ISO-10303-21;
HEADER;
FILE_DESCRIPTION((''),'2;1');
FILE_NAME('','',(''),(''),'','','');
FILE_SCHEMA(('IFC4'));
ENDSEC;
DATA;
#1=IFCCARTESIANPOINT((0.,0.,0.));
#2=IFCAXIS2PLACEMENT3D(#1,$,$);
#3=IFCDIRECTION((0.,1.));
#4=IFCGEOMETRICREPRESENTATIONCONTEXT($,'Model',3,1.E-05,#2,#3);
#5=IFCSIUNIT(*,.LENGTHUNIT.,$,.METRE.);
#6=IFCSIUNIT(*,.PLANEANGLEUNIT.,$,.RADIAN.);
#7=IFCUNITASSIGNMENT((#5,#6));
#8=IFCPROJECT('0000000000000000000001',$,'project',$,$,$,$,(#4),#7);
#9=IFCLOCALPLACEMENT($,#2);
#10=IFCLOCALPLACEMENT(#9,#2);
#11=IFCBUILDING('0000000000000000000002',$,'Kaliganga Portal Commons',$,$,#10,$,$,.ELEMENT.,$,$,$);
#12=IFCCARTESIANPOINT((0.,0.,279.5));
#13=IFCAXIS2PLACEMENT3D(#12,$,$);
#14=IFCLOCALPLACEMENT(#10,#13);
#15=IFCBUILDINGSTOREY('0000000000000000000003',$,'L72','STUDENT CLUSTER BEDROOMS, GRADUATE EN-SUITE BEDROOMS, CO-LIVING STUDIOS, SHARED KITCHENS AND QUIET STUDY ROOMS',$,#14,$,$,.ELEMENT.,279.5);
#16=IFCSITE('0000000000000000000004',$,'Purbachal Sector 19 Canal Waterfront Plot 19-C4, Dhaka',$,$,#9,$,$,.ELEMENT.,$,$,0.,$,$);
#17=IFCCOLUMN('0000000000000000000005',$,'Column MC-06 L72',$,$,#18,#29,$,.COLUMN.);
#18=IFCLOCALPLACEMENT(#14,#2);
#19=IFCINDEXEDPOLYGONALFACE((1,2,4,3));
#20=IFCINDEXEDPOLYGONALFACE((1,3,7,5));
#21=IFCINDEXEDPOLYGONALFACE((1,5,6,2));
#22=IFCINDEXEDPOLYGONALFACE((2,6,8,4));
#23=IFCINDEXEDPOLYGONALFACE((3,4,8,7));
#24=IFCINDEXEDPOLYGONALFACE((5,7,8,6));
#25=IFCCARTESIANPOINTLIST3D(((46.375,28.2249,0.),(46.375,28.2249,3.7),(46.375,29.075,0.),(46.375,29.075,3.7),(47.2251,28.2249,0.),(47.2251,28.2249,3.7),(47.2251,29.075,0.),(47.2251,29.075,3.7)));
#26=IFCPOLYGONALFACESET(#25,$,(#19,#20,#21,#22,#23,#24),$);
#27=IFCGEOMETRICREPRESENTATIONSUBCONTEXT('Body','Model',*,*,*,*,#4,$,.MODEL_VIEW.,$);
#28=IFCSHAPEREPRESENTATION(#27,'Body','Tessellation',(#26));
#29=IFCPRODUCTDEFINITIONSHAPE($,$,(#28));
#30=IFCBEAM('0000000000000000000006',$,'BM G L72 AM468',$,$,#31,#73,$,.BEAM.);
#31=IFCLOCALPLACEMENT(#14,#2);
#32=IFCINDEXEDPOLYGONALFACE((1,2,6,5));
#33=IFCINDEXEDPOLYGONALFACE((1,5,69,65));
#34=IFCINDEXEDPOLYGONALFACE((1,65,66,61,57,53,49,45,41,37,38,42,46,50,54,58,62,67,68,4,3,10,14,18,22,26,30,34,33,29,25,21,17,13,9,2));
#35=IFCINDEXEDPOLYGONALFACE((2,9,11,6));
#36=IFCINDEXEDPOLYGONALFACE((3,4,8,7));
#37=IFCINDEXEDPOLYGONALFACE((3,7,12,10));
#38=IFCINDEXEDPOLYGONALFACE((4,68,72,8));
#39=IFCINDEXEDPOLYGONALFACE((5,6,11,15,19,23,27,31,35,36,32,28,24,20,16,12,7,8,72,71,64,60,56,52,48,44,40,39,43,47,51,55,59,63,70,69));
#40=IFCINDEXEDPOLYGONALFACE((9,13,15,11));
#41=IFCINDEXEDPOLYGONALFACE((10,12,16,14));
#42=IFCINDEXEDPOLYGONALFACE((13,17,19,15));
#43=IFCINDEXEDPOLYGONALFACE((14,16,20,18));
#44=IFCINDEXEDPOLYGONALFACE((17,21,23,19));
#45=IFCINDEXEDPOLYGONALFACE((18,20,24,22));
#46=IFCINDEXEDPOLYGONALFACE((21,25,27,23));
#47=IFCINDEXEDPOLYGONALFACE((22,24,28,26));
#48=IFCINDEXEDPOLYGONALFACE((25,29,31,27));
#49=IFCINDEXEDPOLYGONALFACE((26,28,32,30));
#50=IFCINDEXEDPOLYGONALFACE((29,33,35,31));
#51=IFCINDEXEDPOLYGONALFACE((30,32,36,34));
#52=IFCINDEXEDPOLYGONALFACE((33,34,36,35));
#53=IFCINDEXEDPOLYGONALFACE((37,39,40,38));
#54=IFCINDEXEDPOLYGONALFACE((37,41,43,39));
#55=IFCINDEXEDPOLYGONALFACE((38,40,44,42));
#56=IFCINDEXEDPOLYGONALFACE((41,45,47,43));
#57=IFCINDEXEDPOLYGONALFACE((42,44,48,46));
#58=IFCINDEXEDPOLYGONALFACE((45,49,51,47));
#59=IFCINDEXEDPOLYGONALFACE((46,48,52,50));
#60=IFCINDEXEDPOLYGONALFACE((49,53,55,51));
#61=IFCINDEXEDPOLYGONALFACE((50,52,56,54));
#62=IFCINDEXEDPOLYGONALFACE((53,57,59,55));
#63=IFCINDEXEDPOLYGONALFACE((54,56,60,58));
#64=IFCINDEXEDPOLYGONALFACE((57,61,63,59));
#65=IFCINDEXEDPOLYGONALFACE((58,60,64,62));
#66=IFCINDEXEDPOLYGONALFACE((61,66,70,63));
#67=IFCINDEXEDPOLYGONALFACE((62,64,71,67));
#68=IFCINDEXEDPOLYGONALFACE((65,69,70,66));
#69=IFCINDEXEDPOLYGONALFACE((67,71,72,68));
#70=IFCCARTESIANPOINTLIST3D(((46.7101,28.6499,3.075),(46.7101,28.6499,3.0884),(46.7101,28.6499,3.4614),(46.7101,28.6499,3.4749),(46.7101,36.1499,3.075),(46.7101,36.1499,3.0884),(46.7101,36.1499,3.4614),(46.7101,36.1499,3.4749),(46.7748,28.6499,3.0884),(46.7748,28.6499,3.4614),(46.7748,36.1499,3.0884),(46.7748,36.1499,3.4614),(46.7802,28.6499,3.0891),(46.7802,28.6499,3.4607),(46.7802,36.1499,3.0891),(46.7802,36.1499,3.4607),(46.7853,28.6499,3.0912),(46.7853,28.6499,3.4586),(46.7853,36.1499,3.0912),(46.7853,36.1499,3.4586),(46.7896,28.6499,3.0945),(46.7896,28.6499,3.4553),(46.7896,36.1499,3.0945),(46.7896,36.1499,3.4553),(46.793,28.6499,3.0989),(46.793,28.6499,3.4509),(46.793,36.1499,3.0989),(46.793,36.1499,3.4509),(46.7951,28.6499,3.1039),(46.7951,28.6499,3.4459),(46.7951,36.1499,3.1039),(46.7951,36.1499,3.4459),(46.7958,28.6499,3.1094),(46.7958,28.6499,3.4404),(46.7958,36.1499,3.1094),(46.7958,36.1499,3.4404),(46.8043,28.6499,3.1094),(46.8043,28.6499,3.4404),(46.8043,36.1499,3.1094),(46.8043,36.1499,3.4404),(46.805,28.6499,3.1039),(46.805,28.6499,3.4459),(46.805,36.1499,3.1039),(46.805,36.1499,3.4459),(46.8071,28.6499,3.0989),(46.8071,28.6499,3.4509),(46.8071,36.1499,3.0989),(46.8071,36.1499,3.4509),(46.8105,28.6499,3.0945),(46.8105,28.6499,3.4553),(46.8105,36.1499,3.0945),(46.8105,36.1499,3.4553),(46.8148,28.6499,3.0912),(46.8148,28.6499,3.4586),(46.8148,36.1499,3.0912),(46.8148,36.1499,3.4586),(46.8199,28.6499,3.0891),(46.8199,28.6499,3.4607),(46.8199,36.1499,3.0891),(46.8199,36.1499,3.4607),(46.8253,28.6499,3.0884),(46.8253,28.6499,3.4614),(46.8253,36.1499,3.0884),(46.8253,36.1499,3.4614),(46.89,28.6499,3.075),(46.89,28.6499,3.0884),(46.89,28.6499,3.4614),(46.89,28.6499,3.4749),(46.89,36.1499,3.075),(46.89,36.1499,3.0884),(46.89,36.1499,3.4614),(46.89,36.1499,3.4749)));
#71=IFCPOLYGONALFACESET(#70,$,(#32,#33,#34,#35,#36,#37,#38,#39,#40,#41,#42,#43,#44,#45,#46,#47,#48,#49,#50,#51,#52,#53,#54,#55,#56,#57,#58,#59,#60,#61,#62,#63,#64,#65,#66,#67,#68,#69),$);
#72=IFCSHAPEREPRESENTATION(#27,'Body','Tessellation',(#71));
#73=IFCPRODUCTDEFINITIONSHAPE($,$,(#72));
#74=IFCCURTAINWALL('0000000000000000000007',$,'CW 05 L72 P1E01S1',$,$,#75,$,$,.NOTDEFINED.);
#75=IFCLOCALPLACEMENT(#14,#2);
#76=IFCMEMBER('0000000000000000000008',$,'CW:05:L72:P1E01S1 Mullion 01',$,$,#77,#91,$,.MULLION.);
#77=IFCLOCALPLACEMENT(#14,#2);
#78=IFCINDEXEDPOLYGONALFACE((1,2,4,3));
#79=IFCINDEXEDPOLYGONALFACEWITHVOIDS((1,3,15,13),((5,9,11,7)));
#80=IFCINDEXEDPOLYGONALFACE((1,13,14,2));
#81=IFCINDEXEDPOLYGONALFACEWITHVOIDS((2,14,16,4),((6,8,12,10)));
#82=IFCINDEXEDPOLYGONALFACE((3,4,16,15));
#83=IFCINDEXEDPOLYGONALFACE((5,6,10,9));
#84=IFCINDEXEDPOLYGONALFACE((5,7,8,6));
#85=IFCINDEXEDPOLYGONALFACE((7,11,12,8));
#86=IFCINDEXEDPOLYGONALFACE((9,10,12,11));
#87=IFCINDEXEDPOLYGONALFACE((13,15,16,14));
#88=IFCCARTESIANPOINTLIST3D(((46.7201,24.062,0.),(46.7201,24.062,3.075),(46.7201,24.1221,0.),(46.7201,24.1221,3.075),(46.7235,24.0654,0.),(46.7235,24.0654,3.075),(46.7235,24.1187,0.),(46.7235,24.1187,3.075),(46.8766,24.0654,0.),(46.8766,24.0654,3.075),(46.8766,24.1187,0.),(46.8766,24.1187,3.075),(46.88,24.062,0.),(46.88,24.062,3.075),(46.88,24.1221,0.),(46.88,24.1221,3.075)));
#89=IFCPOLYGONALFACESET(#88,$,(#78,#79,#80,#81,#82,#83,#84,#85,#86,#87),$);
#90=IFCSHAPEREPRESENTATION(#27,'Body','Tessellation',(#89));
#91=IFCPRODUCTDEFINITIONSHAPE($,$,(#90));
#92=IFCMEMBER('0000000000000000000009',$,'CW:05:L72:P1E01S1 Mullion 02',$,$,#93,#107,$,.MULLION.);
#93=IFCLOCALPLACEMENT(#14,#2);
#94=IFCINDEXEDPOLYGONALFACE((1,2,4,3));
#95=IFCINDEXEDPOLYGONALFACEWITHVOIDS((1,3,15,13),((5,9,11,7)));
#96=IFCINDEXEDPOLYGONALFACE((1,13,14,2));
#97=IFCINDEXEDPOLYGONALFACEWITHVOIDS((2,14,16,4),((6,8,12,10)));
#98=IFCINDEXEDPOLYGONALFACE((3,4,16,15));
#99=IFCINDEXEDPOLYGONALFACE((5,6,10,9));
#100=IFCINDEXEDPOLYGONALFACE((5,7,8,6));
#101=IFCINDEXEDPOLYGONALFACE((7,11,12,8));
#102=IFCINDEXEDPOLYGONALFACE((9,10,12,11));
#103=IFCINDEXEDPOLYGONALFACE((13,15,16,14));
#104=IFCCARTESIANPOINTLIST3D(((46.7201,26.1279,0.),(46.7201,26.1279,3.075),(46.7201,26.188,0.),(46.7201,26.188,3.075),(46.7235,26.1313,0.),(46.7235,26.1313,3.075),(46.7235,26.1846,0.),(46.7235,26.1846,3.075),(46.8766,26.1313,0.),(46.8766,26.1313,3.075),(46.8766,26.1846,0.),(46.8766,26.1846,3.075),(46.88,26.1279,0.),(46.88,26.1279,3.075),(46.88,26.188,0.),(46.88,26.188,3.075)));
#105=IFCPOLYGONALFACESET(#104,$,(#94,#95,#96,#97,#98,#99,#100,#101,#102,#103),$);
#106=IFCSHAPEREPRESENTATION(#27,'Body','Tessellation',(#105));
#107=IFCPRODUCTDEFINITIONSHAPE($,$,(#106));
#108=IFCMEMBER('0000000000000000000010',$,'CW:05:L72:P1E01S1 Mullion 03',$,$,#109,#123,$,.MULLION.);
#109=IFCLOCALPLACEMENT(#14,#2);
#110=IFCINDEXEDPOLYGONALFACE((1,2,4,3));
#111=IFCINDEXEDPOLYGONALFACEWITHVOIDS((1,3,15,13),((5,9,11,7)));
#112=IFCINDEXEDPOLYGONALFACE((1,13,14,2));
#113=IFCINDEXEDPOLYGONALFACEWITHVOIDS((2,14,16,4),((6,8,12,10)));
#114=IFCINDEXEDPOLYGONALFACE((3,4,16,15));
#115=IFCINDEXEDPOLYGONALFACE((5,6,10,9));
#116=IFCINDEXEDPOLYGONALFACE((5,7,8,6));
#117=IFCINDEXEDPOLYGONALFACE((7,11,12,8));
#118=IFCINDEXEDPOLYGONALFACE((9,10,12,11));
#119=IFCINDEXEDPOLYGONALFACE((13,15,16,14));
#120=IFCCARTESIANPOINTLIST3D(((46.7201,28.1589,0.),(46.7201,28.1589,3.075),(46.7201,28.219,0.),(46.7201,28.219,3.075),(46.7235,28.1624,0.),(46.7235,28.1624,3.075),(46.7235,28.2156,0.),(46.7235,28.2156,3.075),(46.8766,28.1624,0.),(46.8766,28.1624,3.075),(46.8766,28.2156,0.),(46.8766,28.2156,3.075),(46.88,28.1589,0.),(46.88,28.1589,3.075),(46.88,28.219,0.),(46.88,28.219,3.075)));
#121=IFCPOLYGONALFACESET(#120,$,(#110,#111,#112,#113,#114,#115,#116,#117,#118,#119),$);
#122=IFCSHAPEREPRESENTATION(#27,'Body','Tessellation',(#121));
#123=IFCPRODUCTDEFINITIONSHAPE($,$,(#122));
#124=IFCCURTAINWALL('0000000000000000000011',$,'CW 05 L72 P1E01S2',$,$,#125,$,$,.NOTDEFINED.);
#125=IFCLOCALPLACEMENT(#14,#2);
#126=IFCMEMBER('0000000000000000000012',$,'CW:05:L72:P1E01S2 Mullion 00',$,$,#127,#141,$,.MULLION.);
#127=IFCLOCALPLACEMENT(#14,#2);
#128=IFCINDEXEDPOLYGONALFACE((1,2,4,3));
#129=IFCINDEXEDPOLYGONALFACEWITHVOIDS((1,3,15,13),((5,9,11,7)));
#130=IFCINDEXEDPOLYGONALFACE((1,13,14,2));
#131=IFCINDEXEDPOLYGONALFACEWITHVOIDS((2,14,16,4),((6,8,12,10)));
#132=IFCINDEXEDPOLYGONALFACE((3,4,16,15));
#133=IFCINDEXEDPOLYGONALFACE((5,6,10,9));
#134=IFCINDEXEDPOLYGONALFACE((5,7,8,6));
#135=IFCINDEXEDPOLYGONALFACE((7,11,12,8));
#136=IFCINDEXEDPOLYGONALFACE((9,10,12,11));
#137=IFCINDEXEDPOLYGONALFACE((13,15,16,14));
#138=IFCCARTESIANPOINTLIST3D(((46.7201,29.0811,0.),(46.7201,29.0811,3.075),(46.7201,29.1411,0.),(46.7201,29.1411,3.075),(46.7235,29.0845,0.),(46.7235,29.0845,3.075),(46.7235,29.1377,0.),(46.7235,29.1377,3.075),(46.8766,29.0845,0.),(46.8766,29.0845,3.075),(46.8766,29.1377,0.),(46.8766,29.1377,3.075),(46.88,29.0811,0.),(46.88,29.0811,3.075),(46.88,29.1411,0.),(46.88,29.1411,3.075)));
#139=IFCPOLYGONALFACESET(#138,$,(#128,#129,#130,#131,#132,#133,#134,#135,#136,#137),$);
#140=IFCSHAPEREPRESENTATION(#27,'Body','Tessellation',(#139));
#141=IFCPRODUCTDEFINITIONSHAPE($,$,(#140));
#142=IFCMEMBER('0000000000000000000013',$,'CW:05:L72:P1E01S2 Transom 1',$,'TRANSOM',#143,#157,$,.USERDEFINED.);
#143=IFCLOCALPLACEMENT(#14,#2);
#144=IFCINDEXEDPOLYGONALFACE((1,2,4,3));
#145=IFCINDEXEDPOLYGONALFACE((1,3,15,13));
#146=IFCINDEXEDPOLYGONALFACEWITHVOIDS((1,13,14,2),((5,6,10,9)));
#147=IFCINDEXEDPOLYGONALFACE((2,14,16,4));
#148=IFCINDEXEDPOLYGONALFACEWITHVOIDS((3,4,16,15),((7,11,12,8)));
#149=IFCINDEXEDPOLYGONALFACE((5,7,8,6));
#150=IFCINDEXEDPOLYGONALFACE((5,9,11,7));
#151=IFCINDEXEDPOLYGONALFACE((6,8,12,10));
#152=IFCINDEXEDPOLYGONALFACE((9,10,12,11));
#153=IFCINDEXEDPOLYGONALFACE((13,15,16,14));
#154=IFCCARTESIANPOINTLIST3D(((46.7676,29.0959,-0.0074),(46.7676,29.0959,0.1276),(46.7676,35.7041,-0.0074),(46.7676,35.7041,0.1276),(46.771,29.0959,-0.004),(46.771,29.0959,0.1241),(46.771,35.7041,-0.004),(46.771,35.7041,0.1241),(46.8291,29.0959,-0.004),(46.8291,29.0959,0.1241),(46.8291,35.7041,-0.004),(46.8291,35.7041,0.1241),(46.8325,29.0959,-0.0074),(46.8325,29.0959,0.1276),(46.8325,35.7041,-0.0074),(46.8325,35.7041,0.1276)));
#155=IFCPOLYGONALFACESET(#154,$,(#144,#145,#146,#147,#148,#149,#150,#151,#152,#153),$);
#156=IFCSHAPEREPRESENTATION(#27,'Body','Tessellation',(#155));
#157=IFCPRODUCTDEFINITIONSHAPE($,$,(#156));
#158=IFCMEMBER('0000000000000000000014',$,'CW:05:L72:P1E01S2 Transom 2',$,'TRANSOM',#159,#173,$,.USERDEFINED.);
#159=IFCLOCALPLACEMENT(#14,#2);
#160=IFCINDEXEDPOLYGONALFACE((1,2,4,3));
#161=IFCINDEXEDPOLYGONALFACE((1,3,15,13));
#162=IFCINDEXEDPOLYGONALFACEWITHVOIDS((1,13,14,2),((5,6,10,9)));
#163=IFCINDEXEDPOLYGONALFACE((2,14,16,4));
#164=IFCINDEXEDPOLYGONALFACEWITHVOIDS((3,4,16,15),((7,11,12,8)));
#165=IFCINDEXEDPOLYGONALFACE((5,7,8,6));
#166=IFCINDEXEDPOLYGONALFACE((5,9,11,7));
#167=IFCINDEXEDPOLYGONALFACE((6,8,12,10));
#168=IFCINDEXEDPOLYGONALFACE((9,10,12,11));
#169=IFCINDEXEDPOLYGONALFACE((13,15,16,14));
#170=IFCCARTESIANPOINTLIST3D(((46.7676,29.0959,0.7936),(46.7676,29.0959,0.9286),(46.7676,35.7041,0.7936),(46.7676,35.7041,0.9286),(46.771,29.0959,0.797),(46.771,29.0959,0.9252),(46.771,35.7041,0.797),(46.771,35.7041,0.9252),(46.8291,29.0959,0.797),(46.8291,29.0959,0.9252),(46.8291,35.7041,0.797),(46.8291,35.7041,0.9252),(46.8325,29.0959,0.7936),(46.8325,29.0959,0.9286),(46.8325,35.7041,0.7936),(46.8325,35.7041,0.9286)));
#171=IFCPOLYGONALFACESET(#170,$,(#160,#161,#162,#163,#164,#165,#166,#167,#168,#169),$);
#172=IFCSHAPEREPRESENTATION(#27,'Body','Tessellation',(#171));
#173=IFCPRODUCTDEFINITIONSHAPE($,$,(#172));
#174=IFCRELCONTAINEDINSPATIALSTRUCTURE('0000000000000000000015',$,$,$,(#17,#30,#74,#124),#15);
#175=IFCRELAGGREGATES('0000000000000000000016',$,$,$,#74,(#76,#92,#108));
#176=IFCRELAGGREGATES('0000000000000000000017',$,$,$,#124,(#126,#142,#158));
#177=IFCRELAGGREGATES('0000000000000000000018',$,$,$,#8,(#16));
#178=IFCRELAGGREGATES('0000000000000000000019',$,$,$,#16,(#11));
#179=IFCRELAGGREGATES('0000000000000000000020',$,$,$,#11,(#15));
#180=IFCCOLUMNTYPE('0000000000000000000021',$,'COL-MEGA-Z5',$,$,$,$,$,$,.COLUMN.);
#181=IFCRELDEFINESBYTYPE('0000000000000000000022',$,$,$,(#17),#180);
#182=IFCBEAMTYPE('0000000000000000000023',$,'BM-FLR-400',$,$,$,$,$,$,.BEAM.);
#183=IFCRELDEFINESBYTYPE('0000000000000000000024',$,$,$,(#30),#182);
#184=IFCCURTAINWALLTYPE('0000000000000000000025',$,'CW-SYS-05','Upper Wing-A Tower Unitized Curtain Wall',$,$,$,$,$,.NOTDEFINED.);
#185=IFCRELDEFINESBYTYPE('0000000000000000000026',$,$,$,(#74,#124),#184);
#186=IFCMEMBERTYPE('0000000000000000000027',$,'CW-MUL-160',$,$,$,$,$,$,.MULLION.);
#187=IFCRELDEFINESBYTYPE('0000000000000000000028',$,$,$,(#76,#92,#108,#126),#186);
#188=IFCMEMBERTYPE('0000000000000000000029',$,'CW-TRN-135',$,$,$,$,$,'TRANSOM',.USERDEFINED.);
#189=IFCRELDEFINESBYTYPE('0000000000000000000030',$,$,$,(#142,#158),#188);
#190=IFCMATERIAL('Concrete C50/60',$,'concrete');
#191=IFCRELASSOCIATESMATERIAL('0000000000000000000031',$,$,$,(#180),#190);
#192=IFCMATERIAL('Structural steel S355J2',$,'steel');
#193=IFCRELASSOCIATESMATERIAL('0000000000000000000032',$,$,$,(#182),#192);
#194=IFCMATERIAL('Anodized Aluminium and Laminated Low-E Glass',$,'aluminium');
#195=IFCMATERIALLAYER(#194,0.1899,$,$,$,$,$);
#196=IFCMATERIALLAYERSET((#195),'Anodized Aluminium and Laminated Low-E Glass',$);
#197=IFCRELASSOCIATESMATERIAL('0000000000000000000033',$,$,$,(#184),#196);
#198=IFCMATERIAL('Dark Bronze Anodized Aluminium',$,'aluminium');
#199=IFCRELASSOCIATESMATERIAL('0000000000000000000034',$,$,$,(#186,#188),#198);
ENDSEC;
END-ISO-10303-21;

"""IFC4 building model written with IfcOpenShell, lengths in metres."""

from ifc_helpers import new_model, si_unit, direction, frame, origin, origin_2d, place, context, subcontext, project, spatial, rectangle, hollow_rectangle, i_section, extrude, source, transform, mapped, material, layer, layer_set, material_profile, profile_set, type_object, element, aggregate, save


model = new_model("IFC4")

# Units and contexts
model_context = context("Model", 3, precision=1e-05, world=origin(), true_north=direction((0.0, 1.0)))
body_context = subcontext(model_context, "Body", "Model", "MODEL_VIEW")
ifc_project = project(units=[si_unit("LENGTHUNIT", "METRE"), si_unit("PLANEANGLEUNIT", "RADIAN")], contexts=[model_context])

# Site, building, storey
site_placement = place(None, origin())
site = spatial("IfcSite", under=ifc_project, at=site_placement, Name="Purbachal Sector 19 Canal Waterfront Plot 19-C4, Dhaka", CompositionType="ELEMENT", RefElevation=0.0)
building_placement = place(site_placement, origin())
building = spatial("IfcBuilding", under=site, at=building_placement, Name="Kaliganga Portal Commons", CompositionType="ELEMENT")
storey_placement = place(building_placement, frame((0.0, 0.0, 279.5)))
storey = spatial("IfcBuildingStorey", under=building, at=storey_placement, Name="L72", Description="STUDENT CLUSTER BEDROOMS, GRADUATE EN-SUITE BEDROOMS, CO-LIVING STUDIOS, SHARED KITCHENS AND QUIET STUDY ROOMS", CompositionType="ELEMENT", Elevation=279.5)

# Column
ifc_material_1 = material(Name="Concrete C50/60", Category="concrete")
ifc_material_profile_1 = material_profile(ifc_material_1, rectangle(XDim=0.8501, YDim=0.8501, at=origin_2d()), Name="RC 850x850")
ifc_profile_set_1 = profile_set([ifc_material_profile_1], Name="Concrete C50/60")
column_type = type_object("IfcColumnType", Name="COL-MEGA-Z5", PredefinedType="COLUMN", material=ifc_profile_set_1)
shared_shape_1 = source(origin(), body_context, "Body", "SweptSolid", [
    extrude(rectangle(XDim=0.8501, YDim=0.8501, at=origin_2d()), origin(), (0.0, 0.0, 1.0), 3.7),
])
column_placement = place(storey_placement, frame((46.8, 28.6499, 0.0), z_axis=(0.0, 0.0, 1.0), x_axis=(1.0, 0.0, 0.0)))
element("IfcColumn", 1, at=column_placement, inside=storey, type_object=column_type, Name="Column MC-06 L72", PredefinedType="COLUMN", context=body_context, shape_type="MappedRepresentation", body=[
    mapped(shared_shape_1, transform((0.0, 0.0, 0.0), x_axis=(1.0, 0.0, 0.0), y_axis=(0.0, 1.0, 0.0), z_axis=(0.0, 0.0, 1.0), scale=1.0)),
])

# Beam
ifc_material_2 = material(Name="Structural steel S355J2", Category="steel")
ifc_material_profile_2 = material_profile(ifc_material_2, i_section(OverallWidth=0.1799, OverallDepth=0.3999, WebThickness=0.0085, FlangeThickness=0.0134, FilletRadius=0.021, at=origin_2d()), Name="IPE 400")
ifc_profile_set_2 = profile_set([ifc_material_profile_2], Name="Structural steel S355J2 wide-flange")
beam_type = type_object("IfcBeamType", Name="BM-FLR-400", PredefinedType="BEAM", material=ifc_profile_set_2)
shared_shape_2 = source(origin(), body_context, "Body", "SweptSolid", [
    extrude(i_section(OverallWidth=0.1799, OverallDepth=0.3999, WebThickness=0.0085, FlangeThickness=0.0134, FilletRadius=0.021, at=origin_2d()), origin(), (0.0, 0.0, 1.0), 7.5),
])
beam_placement = place(storey_placement, frame((46.8, 28.6499, 3.2749), z_axis=(0.0, 1.0, 0.0), x_axis=(-1.0, 0.0, 0.0)))
element("IfcBeam", 2, at=beam_placement, inside=storey, type_object=beam_type, Name="BM G L72 AM468", PredefinedType="BEAM", context=body_context, shape_type="MappedRepresentation", body=[
    mapped(shared_shape_2, transform((0.0, 0.0, 0.0), x_axis=(1.0, 0.0, 0.0), y_axis=(0.0, 1.0, 0.0), z_axis=(0.0, 0.0, 1.0), scale=1.0)),
])

# Curtain walls, members
ifc_material_3 = material(Name="Anodized Aluminium and Laminated Low-E Glass", Category="aluminium")
ifc_layer_1 = layer(ifc_material_3, 0.1899)
ifc_layer_set_1 = layer_set([ifc_layer_1], Name="Anodized Aluminium and Laminated Low-E Glass")
curtain_wall_type = type_object("IfcCurtainWallType", Name="CW-SYS-05", Description="Upper Wing-A Tower Unitized Curtain Wall", PredefinedType="NOTDEFINED", material=ifc_layer_set_1)
curtain_wall_1_placement = place(storey_placement, origin())
curtain_wall_1 = element("IfcCurtainWall", 3, at=curtain_wall_1_placement, inside=storey, type_object=curtain_wall_type, Name="CW 05 L72 P1E01S1", PredefinedType="NOTDEFINED")
ifc_material_4 = material(Name="Dark Bronze Anodized Aluminium", Category="aluminium")
ifc_material_profile_3 = material_profile(ifc_material_4, hollow_rectangle(XDim=0.0601, YDim=0.1599, WallThickness=0.0034, at=origin_2d()), Name="ALU MULL 60x160x3.5")
ifc_profile_set_3 = profile_set([ifc_material_profile_3], Name="Dark Bronze Anodized Aluminium")
member_type_1 = type_object("IfcMemberType", Name="CW-MUL-160", PredefinedType="MULLION", material=ifc_profile_set_3)
shared_shape_3 = source(origin(), body_context, "Body", "SweptSolid", [
    extrude(hollow_rectangle(XDim=0.0601, YDim=0.1599, WallThickness=0.0034, at=origin_2d()), origin(), (0.0, 0.0, 1.0), 3.075),
])
member_1_placement = place(storey_placement, frame((46.8, 24.092, 0.0), z_axis=(0.0, 0.0, 1.0), x_axis=(0.0, 1.0, 0.0)))
member_1 = element("IfcMember", 4, at=member_1_placement, type_object=member_type_1, Name="CW:05:L72:P1E01S1 Mullion 01", PredefinedType="MULLION", context=body_context, shape_type="MappedRepresentation", body=[
    mapped(shared_shape_3, transform((0.0, 0.0, 0.0), x_axis=(1.0, 0.0, 0.0), y_axis=(0.0, 1.0, 0.0), z_axis=(0.0, 0.0, 1.0), scale=1.0)),
])
member_2_placement = place(storey_placement, frame((46.8, 26.158, 0.0), z_axis=(0.0, 0.0, 1.0), x_axis=(0.0, 1.0, 0.0)))
member_2 = element("IfcMember", 5, at=member_2_placement, type_object=member_type_1, Name="CW:05:L72:P1E01S1 Mullion 02", PredefinedType="MULLION", context=body_context, shape_type="MappedRepresentation", body=[
    mapped(shared_shape_3, transform((0.0, 0.0, 0.0), x_axis=(1.0, 0.0, 0.0), y_axis=(0.0, 1.0, 0.0), z_axis=(0.0, 0.0, 1.0), scale=1.0)),
])
member_3_placement = place(storey_placement, frame((46.8, 28.189, 0.0), z_axis=(0.0, 0.0, 1.0), x_axis=(0.0, 1.0, 0.0)))
member_3 = element("IfcMember", 6, at=member_3_placement, type_object=member_type_1, Name="CW:05:L72:P1E01S1 Mullion 03", PredefinedType="MULLION", context=body_context, shape_type="MappedRepresentation", body=[
    mapped(shared_shape_3, transform((0.0, 0.0, 0.0), x_axis=(1.0, 0.0, 0.0), y_axis=(0.0, 1.0, 0.0), z_axis=(0.0, 0.0, 1.0), scale=1.0)),
])
curtain_wall_2_placement = place(storey_placement, origin())
curtain_wall_2 = element("IfcCurtainWall", 7, at=curtain_wall_2_placement, inside=storey, type_object=curtain_wall_type, Name="CW 05 L72 P1E01S2", PredefinedType="NOTDEFINED")
member_4_placement = place(storey_placement, frame((46.8, 29.1111, 0.0), z_axis=(0.0, 0.0, 1.0), x_axis=(0.0, 1.0, 0.0)))
member_4 = element("IfcMember", 8, at=member_4_placement, type_object=member_type_1, Name="CW:05:L72:P1E01S2 Mullion 00", PredefinedType="MULLION", context=body_context, shape_type="MappedRepresentation", body=[
    mapped(shared_shape_3, transform((0.0, 0.0, 0.0), x_axis=(1.0, 0.0, 0.0), y_axis=(0.0, 1.0, 0.0), z_axis=(0.0, 0.0, 1.0), scale=1.0)),
])
ifc_material_profile_4 = material_profile(ifc_material_4, hollow_rectangle(XDim=0.0649, YDim=0.135, WallThickness=0.0034, at=origin_2d()), Name="ALU TRAN 65x135x3.5")
ifc_profile_set_4 = profile_set([ifc_material_profile_4], Name="Dark Bronze Anodized Aluminium")
member_type_2 = type_object("IfcMemberType", Name="CW-TRN-135", ElementType="TRANSOM", PredefinedType="USERDEFINED", material=ifc_profile_set_4)
shared_shape_4 = source(origin(), body_context, "Body", "SweptSolid", [
    extrude(hollow_rectangle(XDim=0.0649, YDim=0.135, WallThickness=0.0034, at=origin_2d()), origin(), (0.0, 0.0, 1.0), 6.6082),
])
member_5_placement = place(storey_placement, frame((46.8, 29.0959, 0.0601), z_axis=(0.0, 1.0, 0.0), x_axis=(-1.0, 0.0, 0.0)))
member_5 = element("IfcMember", 9, at=member_5_placement, type_object=member_type_2, Name="CW:05:L72:P1E01S2 Transom 1", ObjectType="TRANSOM", PredefinedType="USERDEFINED", context=body_context, shape_type="MappedRepresentation", body=[
    mapped(shared_shape_4, transform((0.0, 0.0, 0.0), x_axis=(1.0, 0.0, 0.0), y_axis=(0.0, 1.0, 0.0), z_axis=(0.0, 0.0, 1.0), scale=1.0)),
])
member_6_placement = place(storey_placement, frame((46.8, 29.0959, 0.8611), z_axis=(0.0, 1.0, 0.0), x_axis=(-1.0, 0.0, 0.0)))
member_6 = element("IfcMember", 10, at=member_6_placement, type_object=member_type_2, Name="CW:05:L72:P1E01S2 Transom 2", ObjectType="TRANSOM", PredefinedType="USERDEFINED", context=body_context, shape_type="MappedRepresentation", body=[
    mapped(shared_shape_4, transform((0.0, 0.0, 0.0), x_axis=(1.0, 0.0, 0.0), y_axis=(0.0, 1.0, 0.0), z_axis=(0.0, 0.0, 1.0), scale=1.0)),
])

aggregate(curtain_wall_1, [member_1, member_2, member_3])
aggregate(curtain_wall_2, [member_4, member_5, member_6])

save(model, "model.ifc")
